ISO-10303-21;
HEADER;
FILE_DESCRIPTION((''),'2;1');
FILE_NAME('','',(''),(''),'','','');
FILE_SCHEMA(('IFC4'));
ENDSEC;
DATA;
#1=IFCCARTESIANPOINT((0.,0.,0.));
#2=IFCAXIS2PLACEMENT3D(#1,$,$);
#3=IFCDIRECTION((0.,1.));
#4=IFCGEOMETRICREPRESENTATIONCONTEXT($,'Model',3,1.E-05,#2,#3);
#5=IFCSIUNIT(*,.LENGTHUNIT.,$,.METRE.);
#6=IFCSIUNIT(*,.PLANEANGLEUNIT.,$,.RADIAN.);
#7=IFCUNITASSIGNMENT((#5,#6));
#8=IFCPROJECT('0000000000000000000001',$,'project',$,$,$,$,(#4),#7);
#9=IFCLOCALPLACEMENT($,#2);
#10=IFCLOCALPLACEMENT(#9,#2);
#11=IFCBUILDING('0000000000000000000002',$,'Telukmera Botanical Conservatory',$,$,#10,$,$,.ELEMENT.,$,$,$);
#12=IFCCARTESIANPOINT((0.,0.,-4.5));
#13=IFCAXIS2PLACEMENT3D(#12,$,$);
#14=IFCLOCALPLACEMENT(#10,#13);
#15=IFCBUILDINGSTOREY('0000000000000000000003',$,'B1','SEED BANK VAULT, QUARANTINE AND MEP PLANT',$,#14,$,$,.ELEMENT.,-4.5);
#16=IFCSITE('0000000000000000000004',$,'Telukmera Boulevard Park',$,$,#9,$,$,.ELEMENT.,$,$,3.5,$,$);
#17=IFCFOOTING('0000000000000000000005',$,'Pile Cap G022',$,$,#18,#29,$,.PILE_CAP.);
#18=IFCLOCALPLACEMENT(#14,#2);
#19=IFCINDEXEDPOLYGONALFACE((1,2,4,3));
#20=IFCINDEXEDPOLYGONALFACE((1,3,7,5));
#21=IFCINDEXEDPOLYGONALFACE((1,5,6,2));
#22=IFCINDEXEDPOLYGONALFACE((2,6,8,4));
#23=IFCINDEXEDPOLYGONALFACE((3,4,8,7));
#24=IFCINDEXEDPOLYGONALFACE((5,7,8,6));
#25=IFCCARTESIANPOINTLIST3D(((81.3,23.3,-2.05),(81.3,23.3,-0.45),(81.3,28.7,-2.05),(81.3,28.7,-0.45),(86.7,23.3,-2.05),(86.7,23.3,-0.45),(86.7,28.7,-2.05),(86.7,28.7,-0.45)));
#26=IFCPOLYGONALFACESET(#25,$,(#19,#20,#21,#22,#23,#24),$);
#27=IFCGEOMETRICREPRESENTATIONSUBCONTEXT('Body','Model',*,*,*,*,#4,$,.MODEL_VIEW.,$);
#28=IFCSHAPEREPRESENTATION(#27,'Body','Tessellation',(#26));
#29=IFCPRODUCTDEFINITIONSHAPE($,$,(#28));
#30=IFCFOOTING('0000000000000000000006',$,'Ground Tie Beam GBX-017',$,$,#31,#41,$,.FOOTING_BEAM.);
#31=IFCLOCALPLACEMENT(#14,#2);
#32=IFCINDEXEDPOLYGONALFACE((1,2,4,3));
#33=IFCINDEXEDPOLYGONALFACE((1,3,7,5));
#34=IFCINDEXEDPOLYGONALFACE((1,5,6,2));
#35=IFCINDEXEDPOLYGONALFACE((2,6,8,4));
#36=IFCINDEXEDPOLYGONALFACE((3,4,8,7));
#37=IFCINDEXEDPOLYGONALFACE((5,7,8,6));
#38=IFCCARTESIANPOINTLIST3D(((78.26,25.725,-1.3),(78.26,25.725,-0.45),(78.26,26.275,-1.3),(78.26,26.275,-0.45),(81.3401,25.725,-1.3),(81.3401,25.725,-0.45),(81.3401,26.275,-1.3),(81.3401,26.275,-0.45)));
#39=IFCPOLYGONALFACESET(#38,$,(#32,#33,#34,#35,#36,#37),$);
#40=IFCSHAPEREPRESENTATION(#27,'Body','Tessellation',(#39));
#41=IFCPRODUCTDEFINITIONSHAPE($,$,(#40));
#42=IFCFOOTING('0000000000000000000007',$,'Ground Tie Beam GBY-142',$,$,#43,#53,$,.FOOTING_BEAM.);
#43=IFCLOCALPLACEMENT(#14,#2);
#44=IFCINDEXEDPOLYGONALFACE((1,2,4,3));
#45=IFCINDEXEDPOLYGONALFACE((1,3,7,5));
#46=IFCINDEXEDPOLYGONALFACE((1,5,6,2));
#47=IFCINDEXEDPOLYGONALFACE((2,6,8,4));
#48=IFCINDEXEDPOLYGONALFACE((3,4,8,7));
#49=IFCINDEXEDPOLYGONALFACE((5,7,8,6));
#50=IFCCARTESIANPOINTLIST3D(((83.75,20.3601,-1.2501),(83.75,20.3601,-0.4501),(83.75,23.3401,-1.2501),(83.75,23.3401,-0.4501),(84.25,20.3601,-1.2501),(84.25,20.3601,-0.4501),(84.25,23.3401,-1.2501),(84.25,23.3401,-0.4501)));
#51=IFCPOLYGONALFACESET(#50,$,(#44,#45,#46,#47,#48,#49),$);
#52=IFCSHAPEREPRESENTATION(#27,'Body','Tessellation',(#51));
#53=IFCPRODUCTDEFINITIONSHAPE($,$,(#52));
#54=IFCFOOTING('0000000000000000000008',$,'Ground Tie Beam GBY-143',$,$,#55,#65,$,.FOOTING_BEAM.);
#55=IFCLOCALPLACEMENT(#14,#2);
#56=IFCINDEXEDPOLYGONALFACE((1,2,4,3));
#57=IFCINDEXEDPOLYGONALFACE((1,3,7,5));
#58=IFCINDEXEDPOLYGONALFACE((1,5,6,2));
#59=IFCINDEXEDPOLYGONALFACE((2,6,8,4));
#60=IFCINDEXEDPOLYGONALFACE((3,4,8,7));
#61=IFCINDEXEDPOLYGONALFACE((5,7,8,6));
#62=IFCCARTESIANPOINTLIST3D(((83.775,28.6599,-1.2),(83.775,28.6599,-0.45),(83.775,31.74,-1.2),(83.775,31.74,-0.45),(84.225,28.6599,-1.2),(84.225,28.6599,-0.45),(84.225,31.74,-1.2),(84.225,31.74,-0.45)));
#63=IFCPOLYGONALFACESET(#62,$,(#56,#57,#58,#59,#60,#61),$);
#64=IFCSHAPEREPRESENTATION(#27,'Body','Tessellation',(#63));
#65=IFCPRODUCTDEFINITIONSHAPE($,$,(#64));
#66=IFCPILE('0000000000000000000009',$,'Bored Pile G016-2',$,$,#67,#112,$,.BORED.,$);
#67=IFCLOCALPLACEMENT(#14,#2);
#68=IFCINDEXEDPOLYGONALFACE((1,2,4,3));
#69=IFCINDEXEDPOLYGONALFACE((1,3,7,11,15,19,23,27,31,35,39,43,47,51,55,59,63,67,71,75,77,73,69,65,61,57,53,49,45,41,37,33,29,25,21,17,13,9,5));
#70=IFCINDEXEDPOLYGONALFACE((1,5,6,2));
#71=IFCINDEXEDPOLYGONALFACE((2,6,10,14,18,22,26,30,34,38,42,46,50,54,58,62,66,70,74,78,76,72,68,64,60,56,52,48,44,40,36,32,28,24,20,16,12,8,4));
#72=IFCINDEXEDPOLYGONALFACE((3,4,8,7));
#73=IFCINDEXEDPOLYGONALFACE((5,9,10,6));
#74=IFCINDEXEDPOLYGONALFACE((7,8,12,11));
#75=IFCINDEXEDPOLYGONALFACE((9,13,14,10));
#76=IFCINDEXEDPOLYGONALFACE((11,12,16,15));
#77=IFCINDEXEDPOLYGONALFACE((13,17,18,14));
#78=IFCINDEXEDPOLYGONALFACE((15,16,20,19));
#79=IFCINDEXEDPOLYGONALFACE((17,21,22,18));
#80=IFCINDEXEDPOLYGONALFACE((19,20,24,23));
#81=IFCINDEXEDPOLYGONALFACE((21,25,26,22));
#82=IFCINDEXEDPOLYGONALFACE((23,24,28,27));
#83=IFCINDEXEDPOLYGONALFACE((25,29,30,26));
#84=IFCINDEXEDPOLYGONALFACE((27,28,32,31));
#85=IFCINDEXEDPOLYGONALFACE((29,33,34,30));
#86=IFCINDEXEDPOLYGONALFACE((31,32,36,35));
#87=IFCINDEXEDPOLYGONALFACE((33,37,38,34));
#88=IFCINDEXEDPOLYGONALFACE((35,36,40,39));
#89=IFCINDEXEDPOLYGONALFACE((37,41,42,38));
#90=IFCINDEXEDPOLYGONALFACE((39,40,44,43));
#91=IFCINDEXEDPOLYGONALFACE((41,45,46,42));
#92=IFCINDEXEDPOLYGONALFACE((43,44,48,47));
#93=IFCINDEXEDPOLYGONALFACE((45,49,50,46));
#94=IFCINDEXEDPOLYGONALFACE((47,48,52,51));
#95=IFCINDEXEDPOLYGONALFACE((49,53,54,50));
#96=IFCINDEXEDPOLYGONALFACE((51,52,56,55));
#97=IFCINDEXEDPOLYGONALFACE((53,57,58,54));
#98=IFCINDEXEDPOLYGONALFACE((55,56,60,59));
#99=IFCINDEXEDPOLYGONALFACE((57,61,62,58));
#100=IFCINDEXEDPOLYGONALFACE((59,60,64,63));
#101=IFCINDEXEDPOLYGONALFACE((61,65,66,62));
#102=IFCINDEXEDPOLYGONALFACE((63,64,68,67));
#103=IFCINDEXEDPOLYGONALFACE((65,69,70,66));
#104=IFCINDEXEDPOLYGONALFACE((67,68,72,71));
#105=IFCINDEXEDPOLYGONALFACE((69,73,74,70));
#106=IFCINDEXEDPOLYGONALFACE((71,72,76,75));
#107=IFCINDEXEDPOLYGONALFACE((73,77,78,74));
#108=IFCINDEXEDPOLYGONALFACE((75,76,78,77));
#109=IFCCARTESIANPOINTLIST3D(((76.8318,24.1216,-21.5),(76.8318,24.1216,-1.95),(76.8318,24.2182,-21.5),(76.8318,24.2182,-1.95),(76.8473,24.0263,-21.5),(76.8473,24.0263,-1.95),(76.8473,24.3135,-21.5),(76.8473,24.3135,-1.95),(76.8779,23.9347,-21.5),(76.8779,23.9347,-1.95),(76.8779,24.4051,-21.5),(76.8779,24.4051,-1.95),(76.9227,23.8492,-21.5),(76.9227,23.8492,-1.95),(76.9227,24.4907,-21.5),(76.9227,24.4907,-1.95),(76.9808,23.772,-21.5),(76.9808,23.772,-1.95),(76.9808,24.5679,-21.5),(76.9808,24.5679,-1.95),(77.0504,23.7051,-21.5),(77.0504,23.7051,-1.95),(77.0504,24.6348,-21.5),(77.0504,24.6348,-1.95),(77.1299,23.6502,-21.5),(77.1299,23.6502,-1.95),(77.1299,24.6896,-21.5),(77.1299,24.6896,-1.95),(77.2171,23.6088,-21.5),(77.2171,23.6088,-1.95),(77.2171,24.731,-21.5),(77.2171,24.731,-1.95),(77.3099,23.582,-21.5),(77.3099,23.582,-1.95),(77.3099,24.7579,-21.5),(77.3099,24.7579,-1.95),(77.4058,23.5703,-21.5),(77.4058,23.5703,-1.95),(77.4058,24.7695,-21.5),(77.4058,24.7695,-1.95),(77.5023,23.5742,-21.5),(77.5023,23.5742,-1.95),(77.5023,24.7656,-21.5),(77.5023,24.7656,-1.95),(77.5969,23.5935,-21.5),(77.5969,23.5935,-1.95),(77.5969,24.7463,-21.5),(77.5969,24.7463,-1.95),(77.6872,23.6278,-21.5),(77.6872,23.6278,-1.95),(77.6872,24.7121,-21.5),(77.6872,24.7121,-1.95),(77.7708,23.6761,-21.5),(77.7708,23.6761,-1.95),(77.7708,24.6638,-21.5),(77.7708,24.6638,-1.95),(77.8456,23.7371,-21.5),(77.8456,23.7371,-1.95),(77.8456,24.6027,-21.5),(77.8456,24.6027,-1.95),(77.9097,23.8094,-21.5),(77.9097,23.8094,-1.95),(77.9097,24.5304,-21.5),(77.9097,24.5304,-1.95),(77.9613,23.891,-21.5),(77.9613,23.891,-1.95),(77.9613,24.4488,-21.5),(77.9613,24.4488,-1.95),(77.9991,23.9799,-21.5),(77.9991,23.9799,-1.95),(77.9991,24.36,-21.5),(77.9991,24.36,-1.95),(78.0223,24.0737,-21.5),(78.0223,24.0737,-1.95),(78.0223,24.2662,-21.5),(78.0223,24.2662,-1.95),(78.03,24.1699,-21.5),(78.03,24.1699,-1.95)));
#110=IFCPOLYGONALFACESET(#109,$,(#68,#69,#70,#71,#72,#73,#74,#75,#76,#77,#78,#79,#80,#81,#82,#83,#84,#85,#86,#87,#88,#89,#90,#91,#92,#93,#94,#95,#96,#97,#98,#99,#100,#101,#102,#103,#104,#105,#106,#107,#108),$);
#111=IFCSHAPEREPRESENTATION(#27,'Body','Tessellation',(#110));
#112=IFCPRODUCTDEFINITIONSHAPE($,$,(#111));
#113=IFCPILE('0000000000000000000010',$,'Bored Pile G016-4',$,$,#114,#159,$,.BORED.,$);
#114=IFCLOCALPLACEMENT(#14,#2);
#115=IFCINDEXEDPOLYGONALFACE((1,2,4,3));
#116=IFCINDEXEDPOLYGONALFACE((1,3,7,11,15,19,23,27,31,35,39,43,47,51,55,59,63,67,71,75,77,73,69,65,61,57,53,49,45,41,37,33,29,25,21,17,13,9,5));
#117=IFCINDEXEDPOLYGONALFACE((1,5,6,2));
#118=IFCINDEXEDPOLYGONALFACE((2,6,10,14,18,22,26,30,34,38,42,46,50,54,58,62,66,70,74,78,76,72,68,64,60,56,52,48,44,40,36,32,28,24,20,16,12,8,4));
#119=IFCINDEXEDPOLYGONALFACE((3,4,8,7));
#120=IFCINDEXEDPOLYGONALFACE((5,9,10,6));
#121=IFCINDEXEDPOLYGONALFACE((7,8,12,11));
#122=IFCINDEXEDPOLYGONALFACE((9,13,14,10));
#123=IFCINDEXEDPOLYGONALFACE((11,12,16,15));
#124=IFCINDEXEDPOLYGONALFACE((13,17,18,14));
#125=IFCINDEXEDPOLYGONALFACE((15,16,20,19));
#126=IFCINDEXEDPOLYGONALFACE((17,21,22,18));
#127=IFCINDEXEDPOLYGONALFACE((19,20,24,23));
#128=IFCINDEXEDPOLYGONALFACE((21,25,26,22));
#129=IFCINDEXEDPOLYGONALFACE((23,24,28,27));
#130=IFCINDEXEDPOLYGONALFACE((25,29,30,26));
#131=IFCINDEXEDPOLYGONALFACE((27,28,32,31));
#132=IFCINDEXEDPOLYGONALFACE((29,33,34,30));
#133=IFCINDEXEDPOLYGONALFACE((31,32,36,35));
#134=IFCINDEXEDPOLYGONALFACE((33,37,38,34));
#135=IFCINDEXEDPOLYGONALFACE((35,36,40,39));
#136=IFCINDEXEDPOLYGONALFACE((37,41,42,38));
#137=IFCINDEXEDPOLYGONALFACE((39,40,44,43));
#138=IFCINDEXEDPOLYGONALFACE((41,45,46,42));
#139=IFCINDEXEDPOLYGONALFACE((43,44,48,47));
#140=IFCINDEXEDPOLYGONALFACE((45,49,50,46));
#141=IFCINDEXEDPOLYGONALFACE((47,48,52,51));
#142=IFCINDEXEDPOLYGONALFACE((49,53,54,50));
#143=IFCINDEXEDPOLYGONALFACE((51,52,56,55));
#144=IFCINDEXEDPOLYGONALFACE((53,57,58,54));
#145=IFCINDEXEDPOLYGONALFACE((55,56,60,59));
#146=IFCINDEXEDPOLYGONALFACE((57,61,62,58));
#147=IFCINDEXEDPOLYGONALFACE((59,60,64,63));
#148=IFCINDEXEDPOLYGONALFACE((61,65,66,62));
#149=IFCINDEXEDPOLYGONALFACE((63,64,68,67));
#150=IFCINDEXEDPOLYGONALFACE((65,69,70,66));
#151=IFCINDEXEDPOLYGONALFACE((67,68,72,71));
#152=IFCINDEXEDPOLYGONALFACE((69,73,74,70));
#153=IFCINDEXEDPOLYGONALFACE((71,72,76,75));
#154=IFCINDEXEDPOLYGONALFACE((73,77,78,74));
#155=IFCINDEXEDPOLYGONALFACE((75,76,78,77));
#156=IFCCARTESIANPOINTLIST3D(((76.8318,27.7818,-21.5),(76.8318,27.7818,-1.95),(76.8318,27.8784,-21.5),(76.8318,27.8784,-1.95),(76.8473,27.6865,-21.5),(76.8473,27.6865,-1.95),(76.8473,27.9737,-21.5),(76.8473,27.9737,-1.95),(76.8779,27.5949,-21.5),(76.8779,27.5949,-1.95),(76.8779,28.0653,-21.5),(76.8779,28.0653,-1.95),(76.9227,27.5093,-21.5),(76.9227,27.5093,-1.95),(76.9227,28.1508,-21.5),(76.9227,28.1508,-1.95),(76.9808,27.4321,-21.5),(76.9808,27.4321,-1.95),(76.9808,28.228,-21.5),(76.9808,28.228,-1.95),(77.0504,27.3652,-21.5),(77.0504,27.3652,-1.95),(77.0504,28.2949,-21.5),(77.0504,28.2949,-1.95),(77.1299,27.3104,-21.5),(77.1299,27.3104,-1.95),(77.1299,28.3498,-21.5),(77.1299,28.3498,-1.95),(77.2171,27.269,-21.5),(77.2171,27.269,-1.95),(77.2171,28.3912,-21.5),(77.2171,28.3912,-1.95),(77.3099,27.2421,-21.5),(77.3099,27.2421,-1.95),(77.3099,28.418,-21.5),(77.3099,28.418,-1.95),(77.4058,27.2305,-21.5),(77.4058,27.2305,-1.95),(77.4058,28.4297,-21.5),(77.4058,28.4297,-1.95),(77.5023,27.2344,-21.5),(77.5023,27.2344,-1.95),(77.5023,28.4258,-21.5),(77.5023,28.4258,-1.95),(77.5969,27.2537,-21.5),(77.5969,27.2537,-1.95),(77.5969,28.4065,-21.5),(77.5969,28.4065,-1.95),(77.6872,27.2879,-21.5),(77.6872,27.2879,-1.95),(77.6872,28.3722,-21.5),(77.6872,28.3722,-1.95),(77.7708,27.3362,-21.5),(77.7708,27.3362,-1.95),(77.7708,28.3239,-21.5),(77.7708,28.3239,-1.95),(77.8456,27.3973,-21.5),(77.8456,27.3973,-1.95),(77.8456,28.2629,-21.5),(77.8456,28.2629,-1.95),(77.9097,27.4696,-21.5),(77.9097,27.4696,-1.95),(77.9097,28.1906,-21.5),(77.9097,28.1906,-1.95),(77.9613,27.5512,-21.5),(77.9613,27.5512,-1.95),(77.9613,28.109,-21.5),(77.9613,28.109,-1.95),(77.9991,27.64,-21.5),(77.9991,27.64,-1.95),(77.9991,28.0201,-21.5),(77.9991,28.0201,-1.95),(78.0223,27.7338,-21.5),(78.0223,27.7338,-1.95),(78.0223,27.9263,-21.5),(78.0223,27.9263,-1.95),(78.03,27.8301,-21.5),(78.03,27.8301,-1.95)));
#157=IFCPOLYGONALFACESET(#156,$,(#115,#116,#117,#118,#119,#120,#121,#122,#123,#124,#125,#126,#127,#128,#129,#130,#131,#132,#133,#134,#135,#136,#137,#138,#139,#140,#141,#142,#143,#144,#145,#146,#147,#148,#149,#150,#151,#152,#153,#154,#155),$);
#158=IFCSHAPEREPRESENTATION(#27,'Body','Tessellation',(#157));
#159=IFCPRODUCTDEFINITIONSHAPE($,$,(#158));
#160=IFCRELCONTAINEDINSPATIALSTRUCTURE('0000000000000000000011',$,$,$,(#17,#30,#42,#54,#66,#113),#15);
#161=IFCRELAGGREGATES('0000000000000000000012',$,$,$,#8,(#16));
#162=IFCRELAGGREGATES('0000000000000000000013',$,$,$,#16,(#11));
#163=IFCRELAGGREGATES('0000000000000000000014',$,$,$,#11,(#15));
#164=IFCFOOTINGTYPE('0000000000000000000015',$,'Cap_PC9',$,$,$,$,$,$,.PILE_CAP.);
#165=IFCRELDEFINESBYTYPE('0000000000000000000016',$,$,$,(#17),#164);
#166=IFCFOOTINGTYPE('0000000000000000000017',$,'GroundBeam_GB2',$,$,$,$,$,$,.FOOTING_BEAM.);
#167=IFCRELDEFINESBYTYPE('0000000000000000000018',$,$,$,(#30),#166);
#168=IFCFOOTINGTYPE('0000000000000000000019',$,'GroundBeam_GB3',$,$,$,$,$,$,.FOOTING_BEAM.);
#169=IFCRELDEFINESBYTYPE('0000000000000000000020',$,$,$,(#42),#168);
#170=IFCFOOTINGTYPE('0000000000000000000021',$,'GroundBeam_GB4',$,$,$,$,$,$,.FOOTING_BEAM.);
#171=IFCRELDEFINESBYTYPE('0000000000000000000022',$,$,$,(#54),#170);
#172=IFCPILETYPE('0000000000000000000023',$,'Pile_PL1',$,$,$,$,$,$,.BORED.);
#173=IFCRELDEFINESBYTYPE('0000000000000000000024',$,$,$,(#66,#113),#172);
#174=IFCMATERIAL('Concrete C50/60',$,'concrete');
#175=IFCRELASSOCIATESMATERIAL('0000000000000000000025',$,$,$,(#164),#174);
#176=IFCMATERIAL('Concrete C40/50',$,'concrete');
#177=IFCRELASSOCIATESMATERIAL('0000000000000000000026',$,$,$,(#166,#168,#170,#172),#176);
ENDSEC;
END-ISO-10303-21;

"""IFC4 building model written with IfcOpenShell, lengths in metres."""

from ifc_helpers import new_model, si_unit, direction, frame, origin, origin_2d, place, context, subcontext, project, spatial, rectangle, circle, extrude, material, material_profile, profile_set, type_object, element, save


model = new_model("IFC4")

# Units and contexts
model_context = context("Model", 3, precision=1e-05, world=origin(), true_north=direction((0.0, 1.0)))
body_context = subcontext(model_context, "Body", "Model", "MODEL_VIEW")
ifc_project = project(units=[si_unit("LENGTHUNIT", "METRE"), si_unit("PLANEANGLEUNIT", "RADIAN")], contexts=[model_context])

# Site, building, storey
site_placement = place(None, origin())
site = spatial("IfcSite", under=ifc_project, at=site_placement, Name="Telukmera Boulevard Park", CompositionType="ELEMENT", RefElevation=3.5)
building_placement = place(site_placement, origin())
building = spatial("IfcBuilding", under=site, at=building_placement, Name="Telukmera Botanical Conservatory", CompositionType="ELEMENT")
storey_placement = place(building_placement, frame((0.0, 0.0, -4.5)))
storey = spatial("IfcBuildingStorey", under=building, at=storey_placement, Name="B1", Description="SEED BANK VAULT, QUARANTINE AND MEP PLANT", CompositionType="ELEMENT", Elevation=-4.5)

# Footings
ifc_material_1 = material(Name="Concrete C50/60", Category="concrete")
footing_type_1 = type_object("IfcFootingType", Name="Cap_PC9", PredefinedType="PILE_CAP", material=ifc_material_1)
footing_1_placement = place(storey_placement, frame((84.0, 26.0, -2.05), z_axis=(0.0, 0.0, 1.0), x_axis=(1.0, 0.0, 0.0)))
element("IfcFooting", 1, at=footing_1_placement, inside=storey, type_object=footing_type_1, Name="Pile Cap G022", PredefinedType="PILE_CAP", context=body_context, shape_type="SweptSolid", body=[
    extrude(rectangle(XDim=5.3999, YDim=5.3999, at=origin_2d()), origin(), (0.0, 0.0, 1.0), 1.6001),
])
ifc_material_2 = material(Name="Concrete C40/50", Category="concrete")
ifc_material_profile_1 = material_profile(ifc_material_2, rectangle(XDim=0.55, YDim=0.8501, at=origin_2d()), Name="RC 550x850")
ifc_profile_set_1 = profile_set([ifc_material_profile_1], Name="Concrete C40/50")
footing_type_2 = type_object("IfcFootingType", Name="GroundBeam_GB2", PredefinedType="FOOTING_BEAM", material=ifc_profile_set_1)
footing_2_placement = place(storey_placement, frame((78.26, 26.0, -0.875), z_axis=(1.0, 0.0, 0.0), x_axis=(0.0, 1.0, 0.0)))
element("IfcFooting", 2, at=footing_2_placement, inside=storey, type_object=footing_type_2, Name="Ground Tie Beam GBX-017", PredefinedType="FOOTING_BEAM", context=body_context, shape_type="SweptSolid", body=[
    extrude(rectangle(XDim=0.55, YDim=0.8501, at=origin_2d()), origin(), (0.0, 0.0, 1.0), 3.0801),
])
ifc_material_profile_2 = material_profile(ifc_material_2, rectangle(XDim=0.5, YDim=0.8, at=origin_2d()), Name="RC 500x800")
ifc_profile_set_2 = profile_set([ifc_material_profile_2], Name="Concrete C40/50")
footing_type_3 = type_object("IfcFootingType", Name="GroundBeam_GB3", PredefinedType="FOOTING_BEAM", material=ifc_profile_set_2)
footing_3_placement = place(storey_placement, frame((84.0, 20.3601, -0.8501), z_axis=(0.0, 1.0, 0.0), x_axis=(-1.0, 0.0, 0.0)))
element("IfcFooting", 3, at=footing_3_placement, inside=storey, type_object=footing_type_3, Name="Ground Tie Beam GBY-142", PredefinedType="FOOTING_BEAM", context=body_context, shape_type="SweptSolid", body=[
    extrude(rectangle(XDim=0.5, YDim=0.8, at=origin_2d()), origin(), (0.0, 0.0, 1.0), 2.98),
])
ifc_material_profile_3 = material_profile(ifc_material_2, rectangle(XDim=0.45, YDim=0.75, at=origin_2d()), Name="RC 450x750")
ifc_profile_set_3 = profile_set([ifc_material_profile_3], Name="Concrete C40/50")
footing_type_4 = type_object("IfcFootingType", Name="GroundBeam_GB4", PredefinedType="FOOTING_BEAM", material=ifc_profile_set_3)
footing_4_placement = place(storey_placement, frame((84.0, 28.6599, -0.825), z_axis=(0.0, 1.0, 0.0), x_axis=(-1.0, 0.0, 0.0)))
element("IfcFooting", 4, at=footing_4_placement, inside=storey, type_object=footing_type_4, Name="Ground Tie Beam GBY-143", PredefinedType="FOOTING_BEAM", context=body_context, shape_type="SweptSolid", body=[
    extrude(rectangle(XDim=0.45, YDim=0.75, at=origin_2d()), origin(), (0.0, 0.0, 1.0), 3.0801),
])

# Piles
ifc_material_profile_4 = material_profile(ifc_material_2, circle(Radius=0.6001, at=origin_2d()), Name="PILE D1200")
ifc_profile_set_4 = profile_set([ifc_material_profile_4], Name="Concrete C40/50")
pile_type = type_object("IfcPileType", Name="Pile_PL1", PredefinedType="BORED", material=ifc_profile_set_4)
for number, where, z_axis, x_axis, name in (
    (5, (77.4299, 24.1699, -1.95), (0.0, 0.0, -1.0), (1.0, 0.0, 0.0), "Bored Pile G016-2"),
    (6, (77.4299, 27.8301, -1.95), (0.0, 0.0, -1.0), (1.0, 0.0, 0.0), "Bored Pile G016-4"),
):
    element("IfcPile", number, at=place(storey_placement, frame(where, z_axis=z_axis, x_axis=x_axis)), inside=storey, type_object=pile_type, Name=name, PredefinedType="BORED", context=body_context, shape_type="SweptSolid", body=[
        extrude(circle(Radius=0.6001, at=origin_2d()), origin(), (0.0, 0.0, 1.0), 19.55),
    ])

save(model, "model.ifc")
